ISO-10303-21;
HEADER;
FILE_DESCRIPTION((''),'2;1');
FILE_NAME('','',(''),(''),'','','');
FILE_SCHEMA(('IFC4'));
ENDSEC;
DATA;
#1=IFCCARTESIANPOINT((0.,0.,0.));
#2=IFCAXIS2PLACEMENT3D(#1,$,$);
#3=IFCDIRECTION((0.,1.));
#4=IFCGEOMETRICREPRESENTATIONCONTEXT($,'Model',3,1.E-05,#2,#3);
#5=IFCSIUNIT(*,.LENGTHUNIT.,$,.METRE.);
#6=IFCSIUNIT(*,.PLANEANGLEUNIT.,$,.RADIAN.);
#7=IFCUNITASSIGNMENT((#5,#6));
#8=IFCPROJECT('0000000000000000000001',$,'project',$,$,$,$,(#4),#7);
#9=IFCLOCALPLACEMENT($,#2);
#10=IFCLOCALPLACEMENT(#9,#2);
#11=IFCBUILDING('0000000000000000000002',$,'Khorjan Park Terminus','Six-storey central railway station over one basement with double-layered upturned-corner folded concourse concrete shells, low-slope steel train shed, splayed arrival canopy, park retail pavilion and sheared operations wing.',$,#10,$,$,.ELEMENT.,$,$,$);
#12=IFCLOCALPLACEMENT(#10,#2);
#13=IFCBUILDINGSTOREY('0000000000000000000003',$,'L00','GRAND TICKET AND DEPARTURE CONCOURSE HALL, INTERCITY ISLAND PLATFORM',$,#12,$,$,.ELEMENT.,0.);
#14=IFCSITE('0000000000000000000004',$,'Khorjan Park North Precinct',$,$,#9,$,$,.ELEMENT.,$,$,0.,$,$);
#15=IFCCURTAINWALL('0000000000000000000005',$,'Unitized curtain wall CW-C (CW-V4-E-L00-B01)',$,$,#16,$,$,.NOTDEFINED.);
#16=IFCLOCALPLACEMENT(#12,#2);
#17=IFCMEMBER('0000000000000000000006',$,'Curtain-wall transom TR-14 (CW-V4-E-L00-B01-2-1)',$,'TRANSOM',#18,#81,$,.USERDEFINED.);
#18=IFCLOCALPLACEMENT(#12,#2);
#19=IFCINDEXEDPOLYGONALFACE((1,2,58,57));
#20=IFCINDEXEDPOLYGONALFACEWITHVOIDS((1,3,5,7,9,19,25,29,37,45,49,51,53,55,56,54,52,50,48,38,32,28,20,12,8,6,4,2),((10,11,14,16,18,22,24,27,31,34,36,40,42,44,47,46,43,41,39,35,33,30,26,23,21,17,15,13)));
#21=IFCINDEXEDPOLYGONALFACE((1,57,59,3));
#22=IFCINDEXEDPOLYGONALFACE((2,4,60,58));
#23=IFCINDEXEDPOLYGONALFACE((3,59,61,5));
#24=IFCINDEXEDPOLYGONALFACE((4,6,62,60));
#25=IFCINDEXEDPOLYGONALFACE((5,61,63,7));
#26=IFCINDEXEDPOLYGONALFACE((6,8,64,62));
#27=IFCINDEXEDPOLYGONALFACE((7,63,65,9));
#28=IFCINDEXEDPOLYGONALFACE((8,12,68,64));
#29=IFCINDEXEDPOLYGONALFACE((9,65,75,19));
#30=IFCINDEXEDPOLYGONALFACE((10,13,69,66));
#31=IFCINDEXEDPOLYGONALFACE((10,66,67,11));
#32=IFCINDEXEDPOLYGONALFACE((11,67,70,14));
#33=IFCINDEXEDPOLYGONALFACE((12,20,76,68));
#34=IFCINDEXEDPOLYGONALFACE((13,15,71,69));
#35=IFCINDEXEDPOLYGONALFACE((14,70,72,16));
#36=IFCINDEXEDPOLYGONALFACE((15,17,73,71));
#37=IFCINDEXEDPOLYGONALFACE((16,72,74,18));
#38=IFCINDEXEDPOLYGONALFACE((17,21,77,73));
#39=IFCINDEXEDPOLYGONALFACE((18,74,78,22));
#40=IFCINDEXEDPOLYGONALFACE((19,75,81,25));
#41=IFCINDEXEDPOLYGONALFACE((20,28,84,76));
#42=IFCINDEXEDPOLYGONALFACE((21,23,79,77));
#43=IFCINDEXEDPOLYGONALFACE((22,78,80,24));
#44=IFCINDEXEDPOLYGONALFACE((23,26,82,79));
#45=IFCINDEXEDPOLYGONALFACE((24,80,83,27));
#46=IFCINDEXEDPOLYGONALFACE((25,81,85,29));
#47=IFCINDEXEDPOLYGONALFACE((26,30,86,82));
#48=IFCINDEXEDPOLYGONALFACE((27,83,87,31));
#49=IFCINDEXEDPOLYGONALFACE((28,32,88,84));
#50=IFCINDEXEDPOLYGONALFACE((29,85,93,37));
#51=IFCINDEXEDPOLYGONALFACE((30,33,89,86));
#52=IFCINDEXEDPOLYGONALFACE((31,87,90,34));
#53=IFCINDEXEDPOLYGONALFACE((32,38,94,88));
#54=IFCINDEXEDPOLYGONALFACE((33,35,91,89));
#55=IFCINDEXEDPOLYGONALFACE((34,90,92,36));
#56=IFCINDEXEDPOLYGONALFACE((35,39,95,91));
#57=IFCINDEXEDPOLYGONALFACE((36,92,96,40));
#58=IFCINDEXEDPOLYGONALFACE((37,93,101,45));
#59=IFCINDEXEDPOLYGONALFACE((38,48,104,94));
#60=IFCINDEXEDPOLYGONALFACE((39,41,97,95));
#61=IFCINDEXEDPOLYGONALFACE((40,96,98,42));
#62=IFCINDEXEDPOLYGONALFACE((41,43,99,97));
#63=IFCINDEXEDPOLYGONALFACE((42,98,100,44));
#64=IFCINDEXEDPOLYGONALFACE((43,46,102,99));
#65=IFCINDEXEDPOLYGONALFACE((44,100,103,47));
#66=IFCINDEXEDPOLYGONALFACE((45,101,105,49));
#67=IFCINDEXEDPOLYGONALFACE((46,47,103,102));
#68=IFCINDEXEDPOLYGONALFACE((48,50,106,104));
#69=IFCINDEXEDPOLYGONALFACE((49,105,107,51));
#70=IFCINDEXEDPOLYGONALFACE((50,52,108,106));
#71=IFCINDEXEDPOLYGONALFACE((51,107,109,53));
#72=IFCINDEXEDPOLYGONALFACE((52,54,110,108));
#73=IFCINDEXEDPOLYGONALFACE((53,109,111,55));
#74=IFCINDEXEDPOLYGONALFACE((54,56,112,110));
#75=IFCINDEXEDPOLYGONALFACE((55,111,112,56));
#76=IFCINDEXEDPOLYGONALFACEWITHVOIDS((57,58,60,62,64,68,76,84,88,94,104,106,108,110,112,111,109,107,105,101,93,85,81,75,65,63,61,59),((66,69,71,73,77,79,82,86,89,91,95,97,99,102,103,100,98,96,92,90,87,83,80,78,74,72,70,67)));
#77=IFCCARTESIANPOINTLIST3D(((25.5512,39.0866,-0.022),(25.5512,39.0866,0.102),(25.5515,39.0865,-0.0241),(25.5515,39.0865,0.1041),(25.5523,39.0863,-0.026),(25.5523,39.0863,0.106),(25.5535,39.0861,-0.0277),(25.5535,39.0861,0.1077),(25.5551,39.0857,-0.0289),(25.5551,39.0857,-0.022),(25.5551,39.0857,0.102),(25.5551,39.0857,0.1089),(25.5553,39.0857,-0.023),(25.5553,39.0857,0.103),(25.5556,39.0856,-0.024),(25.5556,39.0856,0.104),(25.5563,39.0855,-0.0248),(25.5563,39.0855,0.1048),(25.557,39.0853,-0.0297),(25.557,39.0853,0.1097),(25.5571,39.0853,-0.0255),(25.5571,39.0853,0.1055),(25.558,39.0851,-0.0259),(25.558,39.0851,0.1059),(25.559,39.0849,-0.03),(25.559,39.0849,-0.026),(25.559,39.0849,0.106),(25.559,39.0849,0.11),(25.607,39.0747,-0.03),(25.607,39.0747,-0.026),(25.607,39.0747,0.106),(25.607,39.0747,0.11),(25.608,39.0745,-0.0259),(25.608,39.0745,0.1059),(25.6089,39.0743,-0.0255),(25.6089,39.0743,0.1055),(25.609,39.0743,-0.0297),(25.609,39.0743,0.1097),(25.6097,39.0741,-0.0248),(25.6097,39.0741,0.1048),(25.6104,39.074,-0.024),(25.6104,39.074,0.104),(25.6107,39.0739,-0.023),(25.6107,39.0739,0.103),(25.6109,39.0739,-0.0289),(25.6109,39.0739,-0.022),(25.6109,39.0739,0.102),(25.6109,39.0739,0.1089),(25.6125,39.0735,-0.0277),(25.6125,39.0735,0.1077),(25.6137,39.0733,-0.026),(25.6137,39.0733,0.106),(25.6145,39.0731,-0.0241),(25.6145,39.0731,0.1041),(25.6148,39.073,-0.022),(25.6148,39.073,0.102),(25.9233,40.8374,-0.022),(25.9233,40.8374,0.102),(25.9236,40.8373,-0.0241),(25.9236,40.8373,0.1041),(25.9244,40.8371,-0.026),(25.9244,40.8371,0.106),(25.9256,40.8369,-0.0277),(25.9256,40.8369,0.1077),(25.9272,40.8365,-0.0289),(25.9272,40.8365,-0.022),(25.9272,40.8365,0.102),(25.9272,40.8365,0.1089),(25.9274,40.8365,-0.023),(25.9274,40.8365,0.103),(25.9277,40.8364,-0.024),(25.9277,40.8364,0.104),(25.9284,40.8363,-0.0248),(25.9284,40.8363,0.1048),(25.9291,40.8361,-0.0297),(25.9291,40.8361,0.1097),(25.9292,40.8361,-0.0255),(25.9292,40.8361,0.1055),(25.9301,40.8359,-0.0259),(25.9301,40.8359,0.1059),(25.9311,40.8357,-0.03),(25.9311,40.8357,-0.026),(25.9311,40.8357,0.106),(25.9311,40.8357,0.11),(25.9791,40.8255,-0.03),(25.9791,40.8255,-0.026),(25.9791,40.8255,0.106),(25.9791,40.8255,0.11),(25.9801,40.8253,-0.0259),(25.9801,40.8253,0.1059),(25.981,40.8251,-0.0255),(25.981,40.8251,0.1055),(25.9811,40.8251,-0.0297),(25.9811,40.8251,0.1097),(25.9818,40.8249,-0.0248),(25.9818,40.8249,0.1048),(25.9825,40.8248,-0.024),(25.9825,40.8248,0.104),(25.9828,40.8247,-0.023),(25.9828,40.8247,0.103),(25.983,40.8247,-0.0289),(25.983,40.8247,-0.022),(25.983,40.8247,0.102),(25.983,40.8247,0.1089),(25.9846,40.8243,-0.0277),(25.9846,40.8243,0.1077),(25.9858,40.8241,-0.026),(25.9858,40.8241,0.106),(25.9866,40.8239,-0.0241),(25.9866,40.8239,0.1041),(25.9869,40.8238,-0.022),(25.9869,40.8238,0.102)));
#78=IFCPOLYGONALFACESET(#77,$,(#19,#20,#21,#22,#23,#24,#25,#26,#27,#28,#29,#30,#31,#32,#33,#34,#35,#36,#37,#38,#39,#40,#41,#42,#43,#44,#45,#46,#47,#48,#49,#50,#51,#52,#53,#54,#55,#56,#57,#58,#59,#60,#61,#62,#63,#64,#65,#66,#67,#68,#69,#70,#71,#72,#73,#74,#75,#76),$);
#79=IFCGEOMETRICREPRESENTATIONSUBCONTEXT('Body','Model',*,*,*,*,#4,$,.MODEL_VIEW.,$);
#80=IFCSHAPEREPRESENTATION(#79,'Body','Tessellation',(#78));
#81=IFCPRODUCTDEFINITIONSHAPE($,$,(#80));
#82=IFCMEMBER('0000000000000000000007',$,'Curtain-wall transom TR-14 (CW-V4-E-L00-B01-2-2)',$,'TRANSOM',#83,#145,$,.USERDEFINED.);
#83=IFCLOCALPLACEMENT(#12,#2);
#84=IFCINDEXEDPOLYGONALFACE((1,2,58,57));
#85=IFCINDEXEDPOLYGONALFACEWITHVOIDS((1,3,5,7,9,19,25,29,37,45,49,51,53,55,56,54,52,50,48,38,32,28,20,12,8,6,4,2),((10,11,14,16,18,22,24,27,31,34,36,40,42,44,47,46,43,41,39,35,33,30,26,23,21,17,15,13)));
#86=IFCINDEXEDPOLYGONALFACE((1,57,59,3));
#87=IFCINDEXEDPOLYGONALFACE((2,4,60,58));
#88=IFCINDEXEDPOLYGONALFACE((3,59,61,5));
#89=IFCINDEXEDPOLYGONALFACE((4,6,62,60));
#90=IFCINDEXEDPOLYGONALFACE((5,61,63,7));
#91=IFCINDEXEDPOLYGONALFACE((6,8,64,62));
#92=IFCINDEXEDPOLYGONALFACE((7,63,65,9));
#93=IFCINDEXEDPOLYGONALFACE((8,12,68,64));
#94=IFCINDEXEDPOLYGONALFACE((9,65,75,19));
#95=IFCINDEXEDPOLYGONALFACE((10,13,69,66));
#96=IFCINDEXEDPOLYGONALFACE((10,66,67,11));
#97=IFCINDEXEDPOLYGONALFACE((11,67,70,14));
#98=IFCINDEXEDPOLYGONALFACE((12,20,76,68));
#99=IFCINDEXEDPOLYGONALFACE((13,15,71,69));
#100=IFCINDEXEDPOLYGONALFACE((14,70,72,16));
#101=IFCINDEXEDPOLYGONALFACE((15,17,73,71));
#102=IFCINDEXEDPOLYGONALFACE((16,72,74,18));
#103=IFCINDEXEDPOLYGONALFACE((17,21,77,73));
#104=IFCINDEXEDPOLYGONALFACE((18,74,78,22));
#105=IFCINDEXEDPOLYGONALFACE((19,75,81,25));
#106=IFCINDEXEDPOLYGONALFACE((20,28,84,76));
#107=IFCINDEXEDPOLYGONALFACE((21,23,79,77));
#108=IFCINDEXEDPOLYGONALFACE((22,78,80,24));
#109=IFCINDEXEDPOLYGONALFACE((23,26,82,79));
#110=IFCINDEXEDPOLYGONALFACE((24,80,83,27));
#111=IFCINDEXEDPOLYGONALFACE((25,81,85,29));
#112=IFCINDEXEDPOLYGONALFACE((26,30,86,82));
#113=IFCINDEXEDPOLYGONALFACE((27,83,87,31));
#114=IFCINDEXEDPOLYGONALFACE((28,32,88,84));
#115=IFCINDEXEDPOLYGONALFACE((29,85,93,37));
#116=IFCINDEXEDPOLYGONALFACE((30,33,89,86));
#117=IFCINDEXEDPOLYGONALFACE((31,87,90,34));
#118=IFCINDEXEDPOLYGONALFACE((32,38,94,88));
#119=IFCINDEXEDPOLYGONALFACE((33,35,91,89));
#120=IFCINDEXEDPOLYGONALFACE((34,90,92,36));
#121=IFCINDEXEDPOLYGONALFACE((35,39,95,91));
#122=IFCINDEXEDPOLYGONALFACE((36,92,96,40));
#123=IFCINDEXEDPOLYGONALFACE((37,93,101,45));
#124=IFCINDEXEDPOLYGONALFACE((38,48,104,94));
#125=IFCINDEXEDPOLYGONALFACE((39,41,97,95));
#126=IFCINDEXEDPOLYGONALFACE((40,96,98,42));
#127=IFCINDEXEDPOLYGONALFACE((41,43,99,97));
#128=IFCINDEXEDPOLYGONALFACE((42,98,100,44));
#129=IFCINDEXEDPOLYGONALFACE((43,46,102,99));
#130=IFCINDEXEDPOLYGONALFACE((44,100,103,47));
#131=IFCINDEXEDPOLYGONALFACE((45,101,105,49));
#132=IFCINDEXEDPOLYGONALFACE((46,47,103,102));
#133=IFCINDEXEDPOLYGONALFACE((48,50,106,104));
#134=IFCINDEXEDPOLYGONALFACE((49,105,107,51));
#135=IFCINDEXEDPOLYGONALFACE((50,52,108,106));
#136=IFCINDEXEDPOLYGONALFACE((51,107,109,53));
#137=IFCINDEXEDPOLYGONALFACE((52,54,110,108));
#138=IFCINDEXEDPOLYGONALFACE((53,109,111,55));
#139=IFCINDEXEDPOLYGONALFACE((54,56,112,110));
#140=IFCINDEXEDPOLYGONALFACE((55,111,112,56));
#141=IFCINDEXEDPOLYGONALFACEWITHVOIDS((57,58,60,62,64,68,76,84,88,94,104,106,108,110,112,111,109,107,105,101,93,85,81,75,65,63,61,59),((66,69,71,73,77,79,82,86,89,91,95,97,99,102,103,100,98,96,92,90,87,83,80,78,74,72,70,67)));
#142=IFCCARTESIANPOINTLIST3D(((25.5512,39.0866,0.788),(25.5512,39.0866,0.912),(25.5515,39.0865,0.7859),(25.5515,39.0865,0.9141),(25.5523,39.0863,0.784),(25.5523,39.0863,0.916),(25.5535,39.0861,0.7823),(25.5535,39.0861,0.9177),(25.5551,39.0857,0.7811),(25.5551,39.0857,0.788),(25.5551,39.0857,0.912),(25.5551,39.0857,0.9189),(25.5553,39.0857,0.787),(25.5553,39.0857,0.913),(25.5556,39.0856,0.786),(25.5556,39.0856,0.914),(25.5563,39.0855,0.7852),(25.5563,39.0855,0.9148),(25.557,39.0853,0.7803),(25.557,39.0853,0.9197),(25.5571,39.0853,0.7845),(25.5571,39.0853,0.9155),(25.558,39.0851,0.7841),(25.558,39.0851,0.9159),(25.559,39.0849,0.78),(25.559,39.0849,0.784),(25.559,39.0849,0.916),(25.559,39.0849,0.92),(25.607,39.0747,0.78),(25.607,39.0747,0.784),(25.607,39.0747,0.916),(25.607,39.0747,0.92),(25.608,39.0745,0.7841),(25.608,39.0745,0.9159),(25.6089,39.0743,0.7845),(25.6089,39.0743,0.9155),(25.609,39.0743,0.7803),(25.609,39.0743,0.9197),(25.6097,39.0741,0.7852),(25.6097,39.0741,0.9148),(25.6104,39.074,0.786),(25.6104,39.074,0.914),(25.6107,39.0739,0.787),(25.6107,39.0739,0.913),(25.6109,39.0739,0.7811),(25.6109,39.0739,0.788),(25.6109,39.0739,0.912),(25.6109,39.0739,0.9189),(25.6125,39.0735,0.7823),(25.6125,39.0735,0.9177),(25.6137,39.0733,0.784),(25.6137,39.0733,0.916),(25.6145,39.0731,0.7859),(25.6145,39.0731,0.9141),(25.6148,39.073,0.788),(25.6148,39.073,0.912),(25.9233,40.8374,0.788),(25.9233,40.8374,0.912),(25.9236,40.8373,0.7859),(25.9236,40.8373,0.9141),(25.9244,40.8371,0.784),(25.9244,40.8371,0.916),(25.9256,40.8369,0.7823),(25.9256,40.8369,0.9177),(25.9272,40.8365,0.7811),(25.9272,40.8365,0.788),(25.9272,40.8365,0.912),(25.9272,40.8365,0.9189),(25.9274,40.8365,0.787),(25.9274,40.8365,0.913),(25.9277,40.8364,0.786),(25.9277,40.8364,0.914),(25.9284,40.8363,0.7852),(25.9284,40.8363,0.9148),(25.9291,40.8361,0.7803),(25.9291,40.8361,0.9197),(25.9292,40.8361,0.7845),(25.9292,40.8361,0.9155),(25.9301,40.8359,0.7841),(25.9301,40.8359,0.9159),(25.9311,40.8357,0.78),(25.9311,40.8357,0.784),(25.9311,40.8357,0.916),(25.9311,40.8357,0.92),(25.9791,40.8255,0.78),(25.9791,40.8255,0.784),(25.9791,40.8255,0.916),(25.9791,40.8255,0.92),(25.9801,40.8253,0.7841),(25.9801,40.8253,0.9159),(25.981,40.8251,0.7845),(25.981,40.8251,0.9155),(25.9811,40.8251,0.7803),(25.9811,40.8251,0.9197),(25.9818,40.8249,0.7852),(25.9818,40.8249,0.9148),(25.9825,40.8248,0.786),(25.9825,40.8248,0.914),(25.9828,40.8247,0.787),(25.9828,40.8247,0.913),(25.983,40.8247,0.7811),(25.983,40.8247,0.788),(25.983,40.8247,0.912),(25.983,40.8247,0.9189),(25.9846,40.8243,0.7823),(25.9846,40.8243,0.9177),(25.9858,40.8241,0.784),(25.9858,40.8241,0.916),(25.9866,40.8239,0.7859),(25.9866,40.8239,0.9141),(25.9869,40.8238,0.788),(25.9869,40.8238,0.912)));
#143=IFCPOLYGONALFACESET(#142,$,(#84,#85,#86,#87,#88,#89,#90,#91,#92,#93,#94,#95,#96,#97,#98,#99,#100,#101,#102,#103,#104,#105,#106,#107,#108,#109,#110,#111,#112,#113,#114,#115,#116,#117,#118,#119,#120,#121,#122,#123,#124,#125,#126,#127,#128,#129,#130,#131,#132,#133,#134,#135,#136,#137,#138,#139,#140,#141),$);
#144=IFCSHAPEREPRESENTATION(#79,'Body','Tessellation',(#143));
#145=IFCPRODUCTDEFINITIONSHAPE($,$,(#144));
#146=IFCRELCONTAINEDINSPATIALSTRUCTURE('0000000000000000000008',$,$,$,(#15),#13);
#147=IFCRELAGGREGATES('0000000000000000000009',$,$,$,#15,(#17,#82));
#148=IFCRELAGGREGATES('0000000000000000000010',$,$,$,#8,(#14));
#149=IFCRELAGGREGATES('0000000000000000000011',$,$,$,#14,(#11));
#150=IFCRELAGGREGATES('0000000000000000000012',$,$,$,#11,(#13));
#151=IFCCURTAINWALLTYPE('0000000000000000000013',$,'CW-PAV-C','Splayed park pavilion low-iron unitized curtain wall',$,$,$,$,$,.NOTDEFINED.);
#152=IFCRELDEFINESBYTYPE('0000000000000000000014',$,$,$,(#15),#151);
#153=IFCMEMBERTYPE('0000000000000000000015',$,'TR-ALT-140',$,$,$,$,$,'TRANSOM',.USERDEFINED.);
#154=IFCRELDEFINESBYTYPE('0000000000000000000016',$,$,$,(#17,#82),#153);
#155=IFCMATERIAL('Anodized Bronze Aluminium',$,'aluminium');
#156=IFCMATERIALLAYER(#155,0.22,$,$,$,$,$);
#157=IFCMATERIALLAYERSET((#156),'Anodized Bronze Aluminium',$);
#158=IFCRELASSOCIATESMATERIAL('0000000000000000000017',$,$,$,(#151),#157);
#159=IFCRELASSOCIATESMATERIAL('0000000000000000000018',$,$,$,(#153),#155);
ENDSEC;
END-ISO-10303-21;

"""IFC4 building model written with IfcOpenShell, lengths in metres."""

from ifc_helpers import new_model, si_unit, direction, frame, origin, origin_2d, place, context, subcontext, project, spatial, hollow_rectangle, extrude, material, layer, layer_set, material_profile, profile_set, type_object, element, aggregate, save


model = new_model("IFC4")

# Units and contexts
model_context = context("Model", 3, precision=1e-05, world=origin(), true_north=direction((0.0, 1.0)))
body_context = subcontext(model_context, "Body", "Model", "MODEL_VIEW")
ifc_project = project(units=[si_unit("LENGTHUNIT", "METRE"), si_unit("PLANEANGLEUNIT", "RADIAN")], contexts=[model_context])

# Site, building, storey
site_placement = place(None, origin())
site = spatial("IfcSite", under=ifc_project, at=site_placement, Name="Khorjan Park North Precinct", CompositionType="ELEMENT", RefElevation=0.0)
building_placement = place(site_placement, origin())
building = spatial("IfcBuilding", under=site, at=building_placement, Name="Khorjan Park Terminus", Description="Six-storey central railway station over one basement with double-layered upturned-corner folded concourse concrete shells, low-slope steel train shed, splayed arrival canopy, park retail pavilion and sheared operations wing.", CompositionType="ELEMENT")
storey_placement = place(building_placement, origin())
storey = spatial("IfcBuildingStorey", under=building, at=storey_placement, Name="L00", Description="GRAND TICKET AND DEPARTURE CONCOURSE HALL, INTERCITY ISLAND PLATFORM", CompositionType="ELEMENT", Elevation=0.0)

# Shared definitions
ifc_material_1 = material(Name="Anodized Bronze Aluminium", Category="aluminium")
ifc_layer_1 = layer(ifc_material_1, 0.22)
ifc_layer_set_1 = layer_set([ifc_layer_1], Name="Anodized Bronze Aluminium")
curtain_wall_type = type_object("IfcCurtainWallType", Name="CW-PAV-C", Description="Splayed park pavilion low-iron unitized curtain wall", PredefinedType="NOTDEFINED", material=ifc_layer_set_1)

# Curtain wall, members
curtain_wall_1_placement = place(storey_placement, origin())
curtain_wall_1 = element("IfcCurtainWall", 1, at=curtain_wall_1_placement, inside=storey, type_object=curtain_wall_type, Name="Unitized curtain wall CW-C (CW-V4-E-L00-B01)", PredefinedType="NOTDEFINED")
ifc_material_profile_1 = material_profile(ifc_material_1, hollow_rectangle(XDim=0.065, YDim=0.14, WallThickness=0.004, InnerFilletRadius=0.004, OuterFilletRadius=0.008, at=origin_2d()), Name="ALT 65x140x4")
ifc_profile_set_1 = profile_set([ifc_material_profile_1], Name="Anodized Bronze Aluminium")
member_type_1 = type_object("IfcMemberType", Name="TR-ALT-140", ElementType="TRANSOM", PredefinedType="USERDEFINED", material=ifc_profile_set_1)
member_1_placement = place(storey_placement, frame((25.583, 39.0798, 0.04), z_axis=(0.207888, 0.978153, 0.0), x_axis=(-0.978153, 0.207888, 0.0)))
member_1 = element("IfcMember", 2, at=member_1_placement, type_object=member_type_1, Name="Curtain-wall transom TR-14 (CW-V4-E-L00-B01-2-1)", ObjectType="TRANSOM", PredefinedType="USERDEFINED", context=body_context, shape_type="SweptSolid", body=[
    extrude(hollow_rectangle(XDim=0.065, YDim=0.14, WallThickness=0.004, InnerFilletRadius=0.004, OuterFilletRadius=0.008, at=origin_2d()), origin(), (0.0, 0.0, 1.0), 1.7899),
])
member_2_placement = place(storey_placement, frame((25.583, 39.0798, 0.85), z_axis=(0.207888, 0.978153, 0.0), x_axis=(-0.978153, 0.207888, 0.0)))
member_2 = element("IfcMember", 3, at=member_2_placement, type_object=member_type_1, Name="Curtain-wall transom TR-14 (CW-V4-E-L00-B01-2-2)", ObjectType="TRANSOM", PredefinedType="USERDEFINED", context=body_context, shape_type="SweptSolid", body=[
    extrude(hollow_rectangle(XDim=0.065, YDim=0.14, WallThickness=0.004, InnerFilletRadius=0.004, OuterFilletRadius=0.008, at=origin_2d()), origin(), (0.0, 0.0, 1.0), 1.7899),
])
aggregate(curtain_wall_1, [member_1, member_2])

save(model, "model.ifc")
